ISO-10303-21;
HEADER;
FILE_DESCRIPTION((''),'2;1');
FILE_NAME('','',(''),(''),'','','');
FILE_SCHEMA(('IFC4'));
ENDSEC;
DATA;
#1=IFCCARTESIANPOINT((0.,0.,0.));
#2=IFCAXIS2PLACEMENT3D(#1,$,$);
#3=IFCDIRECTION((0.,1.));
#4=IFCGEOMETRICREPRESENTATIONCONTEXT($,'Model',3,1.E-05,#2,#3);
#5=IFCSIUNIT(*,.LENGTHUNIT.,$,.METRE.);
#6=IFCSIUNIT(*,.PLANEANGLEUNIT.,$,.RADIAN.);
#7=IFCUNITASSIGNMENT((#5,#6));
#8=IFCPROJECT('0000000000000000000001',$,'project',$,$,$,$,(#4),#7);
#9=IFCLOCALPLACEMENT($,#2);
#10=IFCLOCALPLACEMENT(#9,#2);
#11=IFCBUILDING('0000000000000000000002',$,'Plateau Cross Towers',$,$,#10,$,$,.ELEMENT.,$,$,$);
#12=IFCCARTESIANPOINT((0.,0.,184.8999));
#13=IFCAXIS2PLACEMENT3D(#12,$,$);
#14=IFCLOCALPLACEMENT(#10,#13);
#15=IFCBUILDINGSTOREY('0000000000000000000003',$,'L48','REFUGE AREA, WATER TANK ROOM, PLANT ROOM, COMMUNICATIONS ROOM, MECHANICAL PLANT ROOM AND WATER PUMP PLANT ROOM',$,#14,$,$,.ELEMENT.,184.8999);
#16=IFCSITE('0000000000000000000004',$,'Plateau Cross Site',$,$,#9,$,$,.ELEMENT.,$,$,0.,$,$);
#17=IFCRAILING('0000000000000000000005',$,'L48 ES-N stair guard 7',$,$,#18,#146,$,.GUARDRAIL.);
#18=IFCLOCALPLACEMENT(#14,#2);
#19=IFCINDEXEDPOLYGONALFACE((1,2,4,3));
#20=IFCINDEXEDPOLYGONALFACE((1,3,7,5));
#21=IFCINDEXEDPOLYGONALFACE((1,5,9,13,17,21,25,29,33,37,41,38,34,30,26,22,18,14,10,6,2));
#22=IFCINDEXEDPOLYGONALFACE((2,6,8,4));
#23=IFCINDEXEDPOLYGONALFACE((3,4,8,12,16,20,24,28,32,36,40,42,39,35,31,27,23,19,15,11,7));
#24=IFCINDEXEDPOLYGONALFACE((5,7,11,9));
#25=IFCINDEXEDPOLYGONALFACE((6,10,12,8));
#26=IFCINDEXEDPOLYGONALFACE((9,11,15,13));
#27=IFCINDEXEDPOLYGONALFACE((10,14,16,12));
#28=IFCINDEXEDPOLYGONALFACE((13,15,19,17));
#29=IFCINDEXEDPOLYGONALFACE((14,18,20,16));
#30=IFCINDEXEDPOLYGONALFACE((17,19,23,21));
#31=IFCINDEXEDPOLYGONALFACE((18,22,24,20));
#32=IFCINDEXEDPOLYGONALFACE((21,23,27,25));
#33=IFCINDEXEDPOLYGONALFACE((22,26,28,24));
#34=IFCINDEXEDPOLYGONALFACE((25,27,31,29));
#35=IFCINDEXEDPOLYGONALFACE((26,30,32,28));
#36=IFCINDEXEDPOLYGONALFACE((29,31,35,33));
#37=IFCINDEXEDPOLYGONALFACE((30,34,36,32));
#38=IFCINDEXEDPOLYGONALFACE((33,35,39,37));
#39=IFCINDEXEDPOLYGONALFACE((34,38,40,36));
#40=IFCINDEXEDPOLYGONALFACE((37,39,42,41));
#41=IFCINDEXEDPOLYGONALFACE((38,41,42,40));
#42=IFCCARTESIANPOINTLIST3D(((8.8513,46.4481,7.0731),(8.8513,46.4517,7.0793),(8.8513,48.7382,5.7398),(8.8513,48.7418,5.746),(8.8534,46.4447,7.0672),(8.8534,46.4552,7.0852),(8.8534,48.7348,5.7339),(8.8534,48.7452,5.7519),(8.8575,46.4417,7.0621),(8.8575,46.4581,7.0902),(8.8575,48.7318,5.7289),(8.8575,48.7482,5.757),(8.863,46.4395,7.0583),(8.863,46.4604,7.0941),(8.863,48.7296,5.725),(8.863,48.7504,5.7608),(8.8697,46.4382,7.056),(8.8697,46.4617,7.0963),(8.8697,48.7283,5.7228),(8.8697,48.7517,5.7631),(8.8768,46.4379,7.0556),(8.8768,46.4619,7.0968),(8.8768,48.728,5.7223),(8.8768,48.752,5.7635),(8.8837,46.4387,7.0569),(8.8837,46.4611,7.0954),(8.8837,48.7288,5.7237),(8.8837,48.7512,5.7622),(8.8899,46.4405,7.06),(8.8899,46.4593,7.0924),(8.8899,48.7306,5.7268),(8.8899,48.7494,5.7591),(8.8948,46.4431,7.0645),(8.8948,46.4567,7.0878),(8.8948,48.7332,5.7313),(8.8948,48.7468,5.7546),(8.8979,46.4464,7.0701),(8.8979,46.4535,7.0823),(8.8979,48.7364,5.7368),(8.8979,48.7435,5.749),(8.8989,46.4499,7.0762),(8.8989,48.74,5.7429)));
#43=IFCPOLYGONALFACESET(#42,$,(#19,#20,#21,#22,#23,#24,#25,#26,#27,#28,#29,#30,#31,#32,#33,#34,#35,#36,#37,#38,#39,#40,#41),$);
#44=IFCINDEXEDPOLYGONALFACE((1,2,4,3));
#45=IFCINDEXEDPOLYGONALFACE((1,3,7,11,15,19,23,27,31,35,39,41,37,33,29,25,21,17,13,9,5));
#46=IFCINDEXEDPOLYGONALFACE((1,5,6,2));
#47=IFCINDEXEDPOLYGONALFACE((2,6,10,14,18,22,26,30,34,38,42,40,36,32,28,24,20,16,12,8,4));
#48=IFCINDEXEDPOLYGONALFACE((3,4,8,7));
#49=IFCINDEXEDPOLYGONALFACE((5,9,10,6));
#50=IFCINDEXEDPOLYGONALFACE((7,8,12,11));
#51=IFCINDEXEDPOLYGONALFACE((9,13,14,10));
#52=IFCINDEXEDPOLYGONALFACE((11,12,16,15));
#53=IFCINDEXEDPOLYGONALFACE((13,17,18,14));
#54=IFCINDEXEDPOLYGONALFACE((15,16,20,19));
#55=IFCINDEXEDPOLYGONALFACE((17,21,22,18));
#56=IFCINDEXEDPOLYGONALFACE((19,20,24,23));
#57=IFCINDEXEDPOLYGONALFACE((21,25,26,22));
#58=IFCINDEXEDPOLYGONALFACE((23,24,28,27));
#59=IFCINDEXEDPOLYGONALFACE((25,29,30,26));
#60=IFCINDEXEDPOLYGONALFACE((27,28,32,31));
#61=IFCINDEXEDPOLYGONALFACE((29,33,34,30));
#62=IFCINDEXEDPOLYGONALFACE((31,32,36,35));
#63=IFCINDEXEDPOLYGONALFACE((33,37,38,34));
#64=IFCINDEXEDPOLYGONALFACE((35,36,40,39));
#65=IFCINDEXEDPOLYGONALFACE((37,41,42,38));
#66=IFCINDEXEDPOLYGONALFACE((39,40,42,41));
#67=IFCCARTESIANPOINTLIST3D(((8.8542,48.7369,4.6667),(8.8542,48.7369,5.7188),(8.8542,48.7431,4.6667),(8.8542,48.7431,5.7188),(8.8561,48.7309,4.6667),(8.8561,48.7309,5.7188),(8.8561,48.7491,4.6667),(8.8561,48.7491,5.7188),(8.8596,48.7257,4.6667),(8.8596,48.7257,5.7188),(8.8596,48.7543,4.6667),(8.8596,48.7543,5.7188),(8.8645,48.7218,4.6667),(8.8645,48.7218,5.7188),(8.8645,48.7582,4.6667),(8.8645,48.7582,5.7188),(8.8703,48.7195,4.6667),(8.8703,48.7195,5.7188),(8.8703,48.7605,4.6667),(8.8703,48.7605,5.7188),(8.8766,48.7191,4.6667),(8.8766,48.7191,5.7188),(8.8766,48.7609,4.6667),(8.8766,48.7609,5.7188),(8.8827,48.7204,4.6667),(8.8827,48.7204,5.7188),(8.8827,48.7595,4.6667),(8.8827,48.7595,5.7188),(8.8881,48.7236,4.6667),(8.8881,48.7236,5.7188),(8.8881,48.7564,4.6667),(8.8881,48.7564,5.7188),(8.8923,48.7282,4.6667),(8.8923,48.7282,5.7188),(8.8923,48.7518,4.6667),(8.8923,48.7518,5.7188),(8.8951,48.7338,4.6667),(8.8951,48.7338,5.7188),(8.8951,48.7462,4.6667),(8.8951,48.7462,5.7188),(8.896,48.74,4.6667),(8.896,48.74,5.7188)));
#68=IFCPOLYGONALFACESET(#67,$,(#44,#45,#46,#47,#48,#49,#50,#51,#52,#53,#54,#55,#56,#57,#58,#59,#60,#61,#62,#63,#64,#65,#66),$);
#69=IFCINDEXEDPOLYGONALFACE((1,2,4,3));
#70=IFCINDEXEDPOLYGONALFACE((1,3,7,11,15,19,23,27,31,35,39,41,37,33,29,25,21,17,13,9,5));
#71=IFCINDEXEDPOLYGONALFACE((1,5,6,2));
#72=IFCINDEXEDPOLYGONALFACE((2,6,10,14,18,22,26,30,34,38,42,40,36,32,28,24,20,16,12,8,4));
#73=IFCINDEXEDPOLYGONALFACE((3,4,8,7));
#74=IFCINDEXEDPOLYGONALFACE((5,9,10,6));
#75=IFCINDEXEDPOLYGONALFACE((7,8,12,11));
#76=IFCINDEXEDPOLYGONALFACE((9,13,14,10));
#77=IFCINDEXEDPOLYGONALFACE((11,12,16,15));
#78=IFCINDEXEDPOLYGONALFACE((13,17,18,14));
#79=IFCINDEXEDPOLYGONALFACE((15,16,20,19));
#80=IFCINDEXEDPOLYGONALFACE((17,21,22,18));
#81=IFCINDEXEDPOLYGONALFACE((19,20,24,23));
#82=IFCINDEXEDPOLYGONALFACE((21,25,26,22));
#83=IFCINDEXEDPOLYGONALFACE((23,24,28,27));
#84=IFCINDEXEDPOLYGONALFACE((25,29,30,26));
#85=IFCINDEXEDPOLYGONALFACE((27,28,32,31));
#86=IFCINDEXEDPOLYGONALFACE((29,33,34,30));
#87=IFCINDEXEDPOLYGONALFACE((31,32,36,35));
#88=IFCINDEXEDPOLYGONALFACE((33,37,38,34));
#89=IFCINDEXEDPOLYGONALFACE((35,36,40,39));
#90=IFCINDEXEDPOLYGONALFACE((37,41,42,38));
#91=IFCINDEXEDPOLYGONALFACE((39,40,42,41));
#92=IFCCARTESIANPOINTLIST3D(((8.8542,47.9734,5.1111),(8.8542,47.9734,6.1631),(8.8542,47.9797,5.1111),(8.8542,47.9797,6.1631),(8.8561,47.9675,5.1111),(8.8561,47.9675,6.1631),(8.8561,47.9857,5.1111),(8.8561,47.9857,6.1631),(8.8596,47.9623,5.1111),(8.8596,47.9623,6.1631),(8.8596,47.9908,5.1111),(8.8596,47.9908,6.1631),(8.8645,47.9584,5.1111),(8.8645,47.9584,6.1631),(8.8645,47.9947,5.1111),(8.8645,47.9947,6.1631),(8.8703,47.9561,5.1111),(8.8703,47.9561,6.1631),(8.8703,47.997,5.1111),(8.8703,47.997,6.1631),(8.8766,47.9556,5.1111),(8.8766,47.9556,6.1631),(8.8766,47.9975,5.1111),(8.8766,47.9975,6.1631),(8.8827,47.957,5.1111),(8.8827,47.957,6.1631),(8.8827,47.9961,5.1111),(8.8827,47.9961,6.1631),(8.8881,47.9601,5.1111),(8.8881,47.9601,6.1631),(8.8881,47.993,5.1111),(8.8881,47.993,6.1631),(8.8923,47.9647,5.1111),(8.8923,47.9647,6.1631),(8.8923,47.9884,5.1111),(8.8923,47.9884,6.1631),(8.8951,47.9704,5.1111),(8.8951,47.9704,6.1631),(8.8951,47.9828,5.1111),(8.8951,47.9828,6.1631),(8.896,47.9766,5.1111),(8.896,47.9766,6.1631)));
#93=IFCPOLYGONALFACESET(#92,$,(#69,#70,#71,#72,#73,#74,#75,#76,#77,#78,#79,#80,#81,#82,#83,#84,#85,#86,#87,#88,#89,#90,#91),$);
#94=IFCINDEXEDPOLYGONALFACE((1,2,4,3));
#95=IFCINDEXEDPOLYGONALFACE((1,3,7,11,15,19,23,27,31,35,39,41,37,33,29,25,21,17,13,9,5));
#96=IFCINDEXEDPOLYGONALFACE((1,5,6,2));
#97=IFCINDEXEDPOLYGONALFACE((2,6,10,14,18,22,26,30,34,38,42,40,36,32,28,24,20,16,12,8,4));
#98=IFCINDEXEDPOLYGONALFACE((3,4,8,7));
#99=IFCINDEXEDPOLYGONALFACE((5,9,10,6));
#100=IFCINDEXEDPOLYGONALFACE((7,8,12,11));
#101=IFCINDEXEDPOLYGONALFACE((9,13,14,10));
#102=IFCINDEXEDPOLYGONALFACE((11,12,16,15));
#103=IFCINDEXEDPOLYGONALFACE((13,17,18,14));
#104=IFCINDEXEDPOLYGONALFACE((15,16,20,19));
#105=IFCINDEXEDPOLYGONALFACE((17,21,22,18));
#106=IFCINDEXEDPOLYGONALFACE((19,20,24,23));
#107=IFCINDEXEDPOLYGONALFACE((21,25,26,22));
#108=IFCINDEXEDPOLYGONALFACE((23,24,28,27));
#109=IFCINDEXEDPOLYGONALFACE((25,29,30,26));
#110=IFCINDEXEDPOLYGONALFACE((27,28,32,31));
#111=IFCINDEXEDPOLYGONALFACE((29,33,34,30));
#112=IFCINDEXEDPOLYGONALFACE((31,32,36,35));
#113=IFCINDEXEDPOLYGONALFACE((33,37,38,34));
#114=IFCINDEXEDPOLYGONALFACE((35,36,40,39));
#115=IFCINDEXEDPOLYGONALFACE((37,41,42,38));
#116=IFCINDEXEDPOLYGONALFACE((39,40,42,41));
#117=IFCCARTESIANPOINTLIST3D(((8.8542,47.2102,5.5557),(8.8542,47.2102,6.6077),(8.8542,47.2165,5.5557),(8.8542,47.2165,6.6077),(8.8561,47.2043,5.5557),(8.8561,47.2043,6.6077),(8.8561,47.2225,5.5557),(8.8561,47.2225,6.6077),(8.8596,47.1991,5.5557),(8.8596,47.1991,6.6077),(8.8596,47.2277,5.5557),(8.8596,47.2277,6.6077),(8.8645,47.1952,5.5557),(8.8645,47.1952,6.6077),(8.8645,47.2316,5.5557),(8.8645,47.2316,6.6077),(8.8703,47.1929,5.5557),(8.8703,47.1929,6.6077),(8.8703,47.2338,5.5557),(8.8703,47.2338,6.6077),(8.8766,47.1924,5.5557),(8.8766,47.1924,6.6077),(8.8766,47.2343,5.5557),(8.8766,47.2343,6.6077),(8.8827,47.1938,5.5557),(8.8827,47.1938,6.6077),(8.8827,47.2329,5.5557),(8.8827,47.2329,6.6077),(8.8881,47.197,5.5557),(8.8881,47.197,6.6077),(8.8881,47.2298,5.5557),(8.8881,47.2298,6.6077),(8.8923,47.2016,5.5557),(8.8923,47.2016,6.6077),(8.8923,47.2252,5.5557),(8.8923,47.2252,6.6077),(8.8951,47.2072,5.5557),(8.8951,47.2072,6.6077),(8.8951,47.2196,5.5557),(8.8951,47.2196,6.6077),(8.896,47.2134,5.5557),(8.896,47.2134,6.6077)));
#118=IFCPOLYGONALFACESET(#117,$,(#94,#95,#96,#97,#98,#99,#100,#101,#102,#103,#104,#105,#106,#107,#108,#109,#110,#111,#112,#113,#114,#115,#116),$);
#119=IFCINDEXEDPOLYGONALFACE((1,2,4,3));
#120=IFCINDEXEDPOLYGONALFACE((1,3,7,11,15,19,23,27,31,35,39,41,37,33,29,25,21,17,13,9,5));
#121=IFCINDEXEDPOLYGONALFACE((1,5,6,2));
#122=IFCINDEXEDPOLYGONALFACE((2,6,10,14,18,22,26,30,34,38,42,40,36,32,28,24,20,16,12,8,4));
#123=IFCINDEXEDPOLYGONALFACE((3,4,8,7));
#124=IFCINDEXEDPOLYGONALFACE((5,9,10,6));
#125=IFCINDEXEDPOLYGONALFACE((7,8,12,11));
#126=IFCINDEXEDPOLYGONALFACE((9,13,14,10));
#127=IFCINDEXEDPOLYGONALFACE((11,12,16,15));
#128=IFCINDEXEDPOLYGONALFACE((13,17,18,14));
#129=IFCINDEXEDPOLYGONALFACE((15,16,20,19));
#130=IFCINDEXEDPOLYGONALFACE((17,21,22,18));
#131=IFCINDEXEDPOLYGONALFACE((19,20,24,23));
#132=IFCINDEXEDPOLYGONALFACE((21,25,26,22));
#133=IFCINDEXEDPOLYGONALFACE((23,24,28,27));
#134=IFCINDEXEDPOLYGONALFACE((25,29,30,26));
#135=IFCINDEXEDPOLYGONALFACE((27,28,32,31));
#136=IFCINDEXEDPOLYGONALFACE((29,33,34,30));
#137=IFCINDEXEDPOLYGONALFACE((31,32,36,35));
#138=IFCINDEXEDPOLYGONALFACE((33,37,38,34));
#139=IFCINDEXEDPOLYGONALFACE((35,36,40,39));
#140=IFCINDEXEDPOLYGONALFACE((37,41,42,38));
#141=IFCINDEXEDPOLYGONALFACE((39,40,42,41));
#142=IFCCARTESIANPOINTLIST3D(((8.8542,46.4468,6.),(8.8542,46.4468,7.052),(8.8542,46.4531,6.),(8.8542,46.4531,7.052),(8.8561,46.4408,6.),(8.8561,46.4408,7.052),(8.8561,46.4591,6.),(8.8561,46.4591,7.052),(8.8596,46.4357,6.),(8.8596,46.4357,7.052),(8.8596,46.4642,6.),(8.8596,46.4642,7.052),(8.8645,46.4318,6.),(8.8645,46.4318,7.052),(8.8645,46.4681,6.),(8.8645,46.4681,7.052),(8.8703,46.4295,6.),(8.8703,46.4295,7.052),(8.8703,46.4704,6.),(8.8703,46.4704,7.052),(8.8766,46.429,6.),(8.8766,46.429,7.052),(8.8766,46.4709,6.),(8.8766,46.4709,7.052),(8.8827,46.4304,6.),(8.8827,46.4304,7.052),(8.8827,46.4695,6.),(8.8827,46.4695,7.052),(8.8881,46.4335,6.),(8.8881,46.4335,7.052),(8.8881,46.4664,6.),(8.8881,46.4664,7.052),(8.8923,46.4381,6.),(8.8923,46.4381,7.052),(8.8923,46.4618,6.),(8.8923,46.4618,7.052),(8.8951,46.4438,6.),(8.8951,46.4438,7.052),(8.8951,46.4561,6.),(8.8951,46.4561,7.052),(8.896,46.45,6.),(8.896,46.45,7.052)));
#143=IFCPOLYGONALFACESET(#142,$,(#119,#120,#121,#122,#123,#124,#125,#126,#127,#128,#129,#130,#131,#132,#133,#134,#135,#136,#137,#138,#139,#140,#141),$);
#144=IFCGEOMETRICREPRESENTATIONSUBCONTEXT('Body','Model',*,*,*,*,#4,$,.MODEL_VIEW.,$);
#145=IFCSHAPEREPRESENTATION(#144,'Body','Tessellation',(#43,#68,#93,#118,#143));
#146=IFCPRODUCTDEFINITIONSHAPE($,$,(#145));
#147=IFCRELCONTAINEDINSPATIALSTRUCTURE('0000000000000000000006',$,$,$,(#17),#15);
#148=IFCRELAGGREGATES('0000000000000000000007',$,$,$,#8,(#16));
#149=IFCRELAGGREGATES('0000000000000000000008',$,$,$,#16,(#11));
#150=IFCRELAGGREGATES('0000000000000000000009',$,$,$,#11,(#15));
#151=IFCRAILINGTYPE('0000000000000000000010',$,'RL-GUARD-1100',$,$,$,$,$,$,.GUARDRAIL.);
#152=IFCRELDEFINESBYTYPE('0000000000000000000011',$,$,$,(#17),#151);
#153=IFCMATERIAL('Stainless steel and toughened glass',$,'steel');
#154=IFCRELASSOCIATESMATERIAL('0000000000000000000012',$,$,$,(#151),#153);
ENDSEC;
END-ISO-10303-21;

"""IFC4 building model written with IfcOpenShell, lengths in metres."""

from ifc_helpers import new_model, si_unit, direction, frame, origin, origin_2d, place, context, subcontext, project, spatial, circle, extrude, material, type_object, element, save


model = new_model("IFC4")

# Units and contexts
model_context = context("Model", 3, precision=1e-05, world=origin(), true_north=direction((0.0, 1.0)))
body_context = subcontext(model_context, "Body", "Model", "MODEL_VIEW")
ifc_project = project(units=[si_unit("LENGTHUNIT", "METRE"), si_unit("PLANEANGLEUNIT", "RADIAN")], contexts=[model_context])

# Site, building, storey
site_placement = place(None, origin())
site = spatial("IfcSite", under=ifc_project, at=site_placement, Name="Plateau Cross Site", CompositionType="ELEMENT", RefElevation=0.0)
building_placement = place(site_placement, origin())
building = spatial("IfcBuilding", under=site, at=building_placement, Name="Plateau Cross Towers", CompositionType="ELEMENT")
storey_placement = place(building_placement, frame((0.0, 0.0, 184.8999)))
storey = spatial("IfcBuildingStorey", under=building, at=storey_placement, Name="L48", Description="REFUGE AREA, WATER TANK ROOM, PLANT ROOM, COMMUNICATIONS ROOM, MECHANICAL PLANT ROOM AND WATER PUMP PLANT ROOM", CompositionType="ELEMENT", Elevation=184.8999)

# Railing
ifc_material_1 = material(Name="Stainless steel and toughened glass", Category="steel")
railing_type_1 = type_object("IfcRailingType", Name="RL-GUARD-1100", PredefinedType="GUARDRAIL", material=ifc_material_1)
railing_1_placement = place(storey_placement, frame((8.875, 48.74, 4.6667)))
element("IfcRailing", 1, at=railing_1_placement, inside=storey, type_object=railing_type_1, Name="L48 ES-N stair guard 7", PredefinedType="GUARDRAIL", context=body_context, shape_type="SweptSolid", body=[
    extrude(circle(Radius=0.0239, at=origin_2d()), frame((0.0, 0.0, 1.0762), z_axis=(0.0, -0.864206, 0.503138), x_axis=(1.0, 0.0, 0.0)), (0.0, 0.0, 1.0), 2.6499),
    extrude(circle(Radius=0.021, at=origin_2d()), origin(), (0.0, 0.0, 1.0), 1.052),
    extrude(circle(Radius=0.021, at=origin_2d()), frame((0.0, -0.7634, 0.4443)), (0.0, 0.0, 1.0), 1.052),
    extrude(circle(Radius=0.021, at=origin_2d()), frame((0.0, -1.5266, 0.8889)), (0.0, 0.0, 1.0), 1.052),
    extrude(circle(Radius=0.021, at=origin_2d()), frame((0.0, -2.29, 1.3333)), (0.0, 0.0, 1.0), 1.052),
])

save(model, "model.ifc")
